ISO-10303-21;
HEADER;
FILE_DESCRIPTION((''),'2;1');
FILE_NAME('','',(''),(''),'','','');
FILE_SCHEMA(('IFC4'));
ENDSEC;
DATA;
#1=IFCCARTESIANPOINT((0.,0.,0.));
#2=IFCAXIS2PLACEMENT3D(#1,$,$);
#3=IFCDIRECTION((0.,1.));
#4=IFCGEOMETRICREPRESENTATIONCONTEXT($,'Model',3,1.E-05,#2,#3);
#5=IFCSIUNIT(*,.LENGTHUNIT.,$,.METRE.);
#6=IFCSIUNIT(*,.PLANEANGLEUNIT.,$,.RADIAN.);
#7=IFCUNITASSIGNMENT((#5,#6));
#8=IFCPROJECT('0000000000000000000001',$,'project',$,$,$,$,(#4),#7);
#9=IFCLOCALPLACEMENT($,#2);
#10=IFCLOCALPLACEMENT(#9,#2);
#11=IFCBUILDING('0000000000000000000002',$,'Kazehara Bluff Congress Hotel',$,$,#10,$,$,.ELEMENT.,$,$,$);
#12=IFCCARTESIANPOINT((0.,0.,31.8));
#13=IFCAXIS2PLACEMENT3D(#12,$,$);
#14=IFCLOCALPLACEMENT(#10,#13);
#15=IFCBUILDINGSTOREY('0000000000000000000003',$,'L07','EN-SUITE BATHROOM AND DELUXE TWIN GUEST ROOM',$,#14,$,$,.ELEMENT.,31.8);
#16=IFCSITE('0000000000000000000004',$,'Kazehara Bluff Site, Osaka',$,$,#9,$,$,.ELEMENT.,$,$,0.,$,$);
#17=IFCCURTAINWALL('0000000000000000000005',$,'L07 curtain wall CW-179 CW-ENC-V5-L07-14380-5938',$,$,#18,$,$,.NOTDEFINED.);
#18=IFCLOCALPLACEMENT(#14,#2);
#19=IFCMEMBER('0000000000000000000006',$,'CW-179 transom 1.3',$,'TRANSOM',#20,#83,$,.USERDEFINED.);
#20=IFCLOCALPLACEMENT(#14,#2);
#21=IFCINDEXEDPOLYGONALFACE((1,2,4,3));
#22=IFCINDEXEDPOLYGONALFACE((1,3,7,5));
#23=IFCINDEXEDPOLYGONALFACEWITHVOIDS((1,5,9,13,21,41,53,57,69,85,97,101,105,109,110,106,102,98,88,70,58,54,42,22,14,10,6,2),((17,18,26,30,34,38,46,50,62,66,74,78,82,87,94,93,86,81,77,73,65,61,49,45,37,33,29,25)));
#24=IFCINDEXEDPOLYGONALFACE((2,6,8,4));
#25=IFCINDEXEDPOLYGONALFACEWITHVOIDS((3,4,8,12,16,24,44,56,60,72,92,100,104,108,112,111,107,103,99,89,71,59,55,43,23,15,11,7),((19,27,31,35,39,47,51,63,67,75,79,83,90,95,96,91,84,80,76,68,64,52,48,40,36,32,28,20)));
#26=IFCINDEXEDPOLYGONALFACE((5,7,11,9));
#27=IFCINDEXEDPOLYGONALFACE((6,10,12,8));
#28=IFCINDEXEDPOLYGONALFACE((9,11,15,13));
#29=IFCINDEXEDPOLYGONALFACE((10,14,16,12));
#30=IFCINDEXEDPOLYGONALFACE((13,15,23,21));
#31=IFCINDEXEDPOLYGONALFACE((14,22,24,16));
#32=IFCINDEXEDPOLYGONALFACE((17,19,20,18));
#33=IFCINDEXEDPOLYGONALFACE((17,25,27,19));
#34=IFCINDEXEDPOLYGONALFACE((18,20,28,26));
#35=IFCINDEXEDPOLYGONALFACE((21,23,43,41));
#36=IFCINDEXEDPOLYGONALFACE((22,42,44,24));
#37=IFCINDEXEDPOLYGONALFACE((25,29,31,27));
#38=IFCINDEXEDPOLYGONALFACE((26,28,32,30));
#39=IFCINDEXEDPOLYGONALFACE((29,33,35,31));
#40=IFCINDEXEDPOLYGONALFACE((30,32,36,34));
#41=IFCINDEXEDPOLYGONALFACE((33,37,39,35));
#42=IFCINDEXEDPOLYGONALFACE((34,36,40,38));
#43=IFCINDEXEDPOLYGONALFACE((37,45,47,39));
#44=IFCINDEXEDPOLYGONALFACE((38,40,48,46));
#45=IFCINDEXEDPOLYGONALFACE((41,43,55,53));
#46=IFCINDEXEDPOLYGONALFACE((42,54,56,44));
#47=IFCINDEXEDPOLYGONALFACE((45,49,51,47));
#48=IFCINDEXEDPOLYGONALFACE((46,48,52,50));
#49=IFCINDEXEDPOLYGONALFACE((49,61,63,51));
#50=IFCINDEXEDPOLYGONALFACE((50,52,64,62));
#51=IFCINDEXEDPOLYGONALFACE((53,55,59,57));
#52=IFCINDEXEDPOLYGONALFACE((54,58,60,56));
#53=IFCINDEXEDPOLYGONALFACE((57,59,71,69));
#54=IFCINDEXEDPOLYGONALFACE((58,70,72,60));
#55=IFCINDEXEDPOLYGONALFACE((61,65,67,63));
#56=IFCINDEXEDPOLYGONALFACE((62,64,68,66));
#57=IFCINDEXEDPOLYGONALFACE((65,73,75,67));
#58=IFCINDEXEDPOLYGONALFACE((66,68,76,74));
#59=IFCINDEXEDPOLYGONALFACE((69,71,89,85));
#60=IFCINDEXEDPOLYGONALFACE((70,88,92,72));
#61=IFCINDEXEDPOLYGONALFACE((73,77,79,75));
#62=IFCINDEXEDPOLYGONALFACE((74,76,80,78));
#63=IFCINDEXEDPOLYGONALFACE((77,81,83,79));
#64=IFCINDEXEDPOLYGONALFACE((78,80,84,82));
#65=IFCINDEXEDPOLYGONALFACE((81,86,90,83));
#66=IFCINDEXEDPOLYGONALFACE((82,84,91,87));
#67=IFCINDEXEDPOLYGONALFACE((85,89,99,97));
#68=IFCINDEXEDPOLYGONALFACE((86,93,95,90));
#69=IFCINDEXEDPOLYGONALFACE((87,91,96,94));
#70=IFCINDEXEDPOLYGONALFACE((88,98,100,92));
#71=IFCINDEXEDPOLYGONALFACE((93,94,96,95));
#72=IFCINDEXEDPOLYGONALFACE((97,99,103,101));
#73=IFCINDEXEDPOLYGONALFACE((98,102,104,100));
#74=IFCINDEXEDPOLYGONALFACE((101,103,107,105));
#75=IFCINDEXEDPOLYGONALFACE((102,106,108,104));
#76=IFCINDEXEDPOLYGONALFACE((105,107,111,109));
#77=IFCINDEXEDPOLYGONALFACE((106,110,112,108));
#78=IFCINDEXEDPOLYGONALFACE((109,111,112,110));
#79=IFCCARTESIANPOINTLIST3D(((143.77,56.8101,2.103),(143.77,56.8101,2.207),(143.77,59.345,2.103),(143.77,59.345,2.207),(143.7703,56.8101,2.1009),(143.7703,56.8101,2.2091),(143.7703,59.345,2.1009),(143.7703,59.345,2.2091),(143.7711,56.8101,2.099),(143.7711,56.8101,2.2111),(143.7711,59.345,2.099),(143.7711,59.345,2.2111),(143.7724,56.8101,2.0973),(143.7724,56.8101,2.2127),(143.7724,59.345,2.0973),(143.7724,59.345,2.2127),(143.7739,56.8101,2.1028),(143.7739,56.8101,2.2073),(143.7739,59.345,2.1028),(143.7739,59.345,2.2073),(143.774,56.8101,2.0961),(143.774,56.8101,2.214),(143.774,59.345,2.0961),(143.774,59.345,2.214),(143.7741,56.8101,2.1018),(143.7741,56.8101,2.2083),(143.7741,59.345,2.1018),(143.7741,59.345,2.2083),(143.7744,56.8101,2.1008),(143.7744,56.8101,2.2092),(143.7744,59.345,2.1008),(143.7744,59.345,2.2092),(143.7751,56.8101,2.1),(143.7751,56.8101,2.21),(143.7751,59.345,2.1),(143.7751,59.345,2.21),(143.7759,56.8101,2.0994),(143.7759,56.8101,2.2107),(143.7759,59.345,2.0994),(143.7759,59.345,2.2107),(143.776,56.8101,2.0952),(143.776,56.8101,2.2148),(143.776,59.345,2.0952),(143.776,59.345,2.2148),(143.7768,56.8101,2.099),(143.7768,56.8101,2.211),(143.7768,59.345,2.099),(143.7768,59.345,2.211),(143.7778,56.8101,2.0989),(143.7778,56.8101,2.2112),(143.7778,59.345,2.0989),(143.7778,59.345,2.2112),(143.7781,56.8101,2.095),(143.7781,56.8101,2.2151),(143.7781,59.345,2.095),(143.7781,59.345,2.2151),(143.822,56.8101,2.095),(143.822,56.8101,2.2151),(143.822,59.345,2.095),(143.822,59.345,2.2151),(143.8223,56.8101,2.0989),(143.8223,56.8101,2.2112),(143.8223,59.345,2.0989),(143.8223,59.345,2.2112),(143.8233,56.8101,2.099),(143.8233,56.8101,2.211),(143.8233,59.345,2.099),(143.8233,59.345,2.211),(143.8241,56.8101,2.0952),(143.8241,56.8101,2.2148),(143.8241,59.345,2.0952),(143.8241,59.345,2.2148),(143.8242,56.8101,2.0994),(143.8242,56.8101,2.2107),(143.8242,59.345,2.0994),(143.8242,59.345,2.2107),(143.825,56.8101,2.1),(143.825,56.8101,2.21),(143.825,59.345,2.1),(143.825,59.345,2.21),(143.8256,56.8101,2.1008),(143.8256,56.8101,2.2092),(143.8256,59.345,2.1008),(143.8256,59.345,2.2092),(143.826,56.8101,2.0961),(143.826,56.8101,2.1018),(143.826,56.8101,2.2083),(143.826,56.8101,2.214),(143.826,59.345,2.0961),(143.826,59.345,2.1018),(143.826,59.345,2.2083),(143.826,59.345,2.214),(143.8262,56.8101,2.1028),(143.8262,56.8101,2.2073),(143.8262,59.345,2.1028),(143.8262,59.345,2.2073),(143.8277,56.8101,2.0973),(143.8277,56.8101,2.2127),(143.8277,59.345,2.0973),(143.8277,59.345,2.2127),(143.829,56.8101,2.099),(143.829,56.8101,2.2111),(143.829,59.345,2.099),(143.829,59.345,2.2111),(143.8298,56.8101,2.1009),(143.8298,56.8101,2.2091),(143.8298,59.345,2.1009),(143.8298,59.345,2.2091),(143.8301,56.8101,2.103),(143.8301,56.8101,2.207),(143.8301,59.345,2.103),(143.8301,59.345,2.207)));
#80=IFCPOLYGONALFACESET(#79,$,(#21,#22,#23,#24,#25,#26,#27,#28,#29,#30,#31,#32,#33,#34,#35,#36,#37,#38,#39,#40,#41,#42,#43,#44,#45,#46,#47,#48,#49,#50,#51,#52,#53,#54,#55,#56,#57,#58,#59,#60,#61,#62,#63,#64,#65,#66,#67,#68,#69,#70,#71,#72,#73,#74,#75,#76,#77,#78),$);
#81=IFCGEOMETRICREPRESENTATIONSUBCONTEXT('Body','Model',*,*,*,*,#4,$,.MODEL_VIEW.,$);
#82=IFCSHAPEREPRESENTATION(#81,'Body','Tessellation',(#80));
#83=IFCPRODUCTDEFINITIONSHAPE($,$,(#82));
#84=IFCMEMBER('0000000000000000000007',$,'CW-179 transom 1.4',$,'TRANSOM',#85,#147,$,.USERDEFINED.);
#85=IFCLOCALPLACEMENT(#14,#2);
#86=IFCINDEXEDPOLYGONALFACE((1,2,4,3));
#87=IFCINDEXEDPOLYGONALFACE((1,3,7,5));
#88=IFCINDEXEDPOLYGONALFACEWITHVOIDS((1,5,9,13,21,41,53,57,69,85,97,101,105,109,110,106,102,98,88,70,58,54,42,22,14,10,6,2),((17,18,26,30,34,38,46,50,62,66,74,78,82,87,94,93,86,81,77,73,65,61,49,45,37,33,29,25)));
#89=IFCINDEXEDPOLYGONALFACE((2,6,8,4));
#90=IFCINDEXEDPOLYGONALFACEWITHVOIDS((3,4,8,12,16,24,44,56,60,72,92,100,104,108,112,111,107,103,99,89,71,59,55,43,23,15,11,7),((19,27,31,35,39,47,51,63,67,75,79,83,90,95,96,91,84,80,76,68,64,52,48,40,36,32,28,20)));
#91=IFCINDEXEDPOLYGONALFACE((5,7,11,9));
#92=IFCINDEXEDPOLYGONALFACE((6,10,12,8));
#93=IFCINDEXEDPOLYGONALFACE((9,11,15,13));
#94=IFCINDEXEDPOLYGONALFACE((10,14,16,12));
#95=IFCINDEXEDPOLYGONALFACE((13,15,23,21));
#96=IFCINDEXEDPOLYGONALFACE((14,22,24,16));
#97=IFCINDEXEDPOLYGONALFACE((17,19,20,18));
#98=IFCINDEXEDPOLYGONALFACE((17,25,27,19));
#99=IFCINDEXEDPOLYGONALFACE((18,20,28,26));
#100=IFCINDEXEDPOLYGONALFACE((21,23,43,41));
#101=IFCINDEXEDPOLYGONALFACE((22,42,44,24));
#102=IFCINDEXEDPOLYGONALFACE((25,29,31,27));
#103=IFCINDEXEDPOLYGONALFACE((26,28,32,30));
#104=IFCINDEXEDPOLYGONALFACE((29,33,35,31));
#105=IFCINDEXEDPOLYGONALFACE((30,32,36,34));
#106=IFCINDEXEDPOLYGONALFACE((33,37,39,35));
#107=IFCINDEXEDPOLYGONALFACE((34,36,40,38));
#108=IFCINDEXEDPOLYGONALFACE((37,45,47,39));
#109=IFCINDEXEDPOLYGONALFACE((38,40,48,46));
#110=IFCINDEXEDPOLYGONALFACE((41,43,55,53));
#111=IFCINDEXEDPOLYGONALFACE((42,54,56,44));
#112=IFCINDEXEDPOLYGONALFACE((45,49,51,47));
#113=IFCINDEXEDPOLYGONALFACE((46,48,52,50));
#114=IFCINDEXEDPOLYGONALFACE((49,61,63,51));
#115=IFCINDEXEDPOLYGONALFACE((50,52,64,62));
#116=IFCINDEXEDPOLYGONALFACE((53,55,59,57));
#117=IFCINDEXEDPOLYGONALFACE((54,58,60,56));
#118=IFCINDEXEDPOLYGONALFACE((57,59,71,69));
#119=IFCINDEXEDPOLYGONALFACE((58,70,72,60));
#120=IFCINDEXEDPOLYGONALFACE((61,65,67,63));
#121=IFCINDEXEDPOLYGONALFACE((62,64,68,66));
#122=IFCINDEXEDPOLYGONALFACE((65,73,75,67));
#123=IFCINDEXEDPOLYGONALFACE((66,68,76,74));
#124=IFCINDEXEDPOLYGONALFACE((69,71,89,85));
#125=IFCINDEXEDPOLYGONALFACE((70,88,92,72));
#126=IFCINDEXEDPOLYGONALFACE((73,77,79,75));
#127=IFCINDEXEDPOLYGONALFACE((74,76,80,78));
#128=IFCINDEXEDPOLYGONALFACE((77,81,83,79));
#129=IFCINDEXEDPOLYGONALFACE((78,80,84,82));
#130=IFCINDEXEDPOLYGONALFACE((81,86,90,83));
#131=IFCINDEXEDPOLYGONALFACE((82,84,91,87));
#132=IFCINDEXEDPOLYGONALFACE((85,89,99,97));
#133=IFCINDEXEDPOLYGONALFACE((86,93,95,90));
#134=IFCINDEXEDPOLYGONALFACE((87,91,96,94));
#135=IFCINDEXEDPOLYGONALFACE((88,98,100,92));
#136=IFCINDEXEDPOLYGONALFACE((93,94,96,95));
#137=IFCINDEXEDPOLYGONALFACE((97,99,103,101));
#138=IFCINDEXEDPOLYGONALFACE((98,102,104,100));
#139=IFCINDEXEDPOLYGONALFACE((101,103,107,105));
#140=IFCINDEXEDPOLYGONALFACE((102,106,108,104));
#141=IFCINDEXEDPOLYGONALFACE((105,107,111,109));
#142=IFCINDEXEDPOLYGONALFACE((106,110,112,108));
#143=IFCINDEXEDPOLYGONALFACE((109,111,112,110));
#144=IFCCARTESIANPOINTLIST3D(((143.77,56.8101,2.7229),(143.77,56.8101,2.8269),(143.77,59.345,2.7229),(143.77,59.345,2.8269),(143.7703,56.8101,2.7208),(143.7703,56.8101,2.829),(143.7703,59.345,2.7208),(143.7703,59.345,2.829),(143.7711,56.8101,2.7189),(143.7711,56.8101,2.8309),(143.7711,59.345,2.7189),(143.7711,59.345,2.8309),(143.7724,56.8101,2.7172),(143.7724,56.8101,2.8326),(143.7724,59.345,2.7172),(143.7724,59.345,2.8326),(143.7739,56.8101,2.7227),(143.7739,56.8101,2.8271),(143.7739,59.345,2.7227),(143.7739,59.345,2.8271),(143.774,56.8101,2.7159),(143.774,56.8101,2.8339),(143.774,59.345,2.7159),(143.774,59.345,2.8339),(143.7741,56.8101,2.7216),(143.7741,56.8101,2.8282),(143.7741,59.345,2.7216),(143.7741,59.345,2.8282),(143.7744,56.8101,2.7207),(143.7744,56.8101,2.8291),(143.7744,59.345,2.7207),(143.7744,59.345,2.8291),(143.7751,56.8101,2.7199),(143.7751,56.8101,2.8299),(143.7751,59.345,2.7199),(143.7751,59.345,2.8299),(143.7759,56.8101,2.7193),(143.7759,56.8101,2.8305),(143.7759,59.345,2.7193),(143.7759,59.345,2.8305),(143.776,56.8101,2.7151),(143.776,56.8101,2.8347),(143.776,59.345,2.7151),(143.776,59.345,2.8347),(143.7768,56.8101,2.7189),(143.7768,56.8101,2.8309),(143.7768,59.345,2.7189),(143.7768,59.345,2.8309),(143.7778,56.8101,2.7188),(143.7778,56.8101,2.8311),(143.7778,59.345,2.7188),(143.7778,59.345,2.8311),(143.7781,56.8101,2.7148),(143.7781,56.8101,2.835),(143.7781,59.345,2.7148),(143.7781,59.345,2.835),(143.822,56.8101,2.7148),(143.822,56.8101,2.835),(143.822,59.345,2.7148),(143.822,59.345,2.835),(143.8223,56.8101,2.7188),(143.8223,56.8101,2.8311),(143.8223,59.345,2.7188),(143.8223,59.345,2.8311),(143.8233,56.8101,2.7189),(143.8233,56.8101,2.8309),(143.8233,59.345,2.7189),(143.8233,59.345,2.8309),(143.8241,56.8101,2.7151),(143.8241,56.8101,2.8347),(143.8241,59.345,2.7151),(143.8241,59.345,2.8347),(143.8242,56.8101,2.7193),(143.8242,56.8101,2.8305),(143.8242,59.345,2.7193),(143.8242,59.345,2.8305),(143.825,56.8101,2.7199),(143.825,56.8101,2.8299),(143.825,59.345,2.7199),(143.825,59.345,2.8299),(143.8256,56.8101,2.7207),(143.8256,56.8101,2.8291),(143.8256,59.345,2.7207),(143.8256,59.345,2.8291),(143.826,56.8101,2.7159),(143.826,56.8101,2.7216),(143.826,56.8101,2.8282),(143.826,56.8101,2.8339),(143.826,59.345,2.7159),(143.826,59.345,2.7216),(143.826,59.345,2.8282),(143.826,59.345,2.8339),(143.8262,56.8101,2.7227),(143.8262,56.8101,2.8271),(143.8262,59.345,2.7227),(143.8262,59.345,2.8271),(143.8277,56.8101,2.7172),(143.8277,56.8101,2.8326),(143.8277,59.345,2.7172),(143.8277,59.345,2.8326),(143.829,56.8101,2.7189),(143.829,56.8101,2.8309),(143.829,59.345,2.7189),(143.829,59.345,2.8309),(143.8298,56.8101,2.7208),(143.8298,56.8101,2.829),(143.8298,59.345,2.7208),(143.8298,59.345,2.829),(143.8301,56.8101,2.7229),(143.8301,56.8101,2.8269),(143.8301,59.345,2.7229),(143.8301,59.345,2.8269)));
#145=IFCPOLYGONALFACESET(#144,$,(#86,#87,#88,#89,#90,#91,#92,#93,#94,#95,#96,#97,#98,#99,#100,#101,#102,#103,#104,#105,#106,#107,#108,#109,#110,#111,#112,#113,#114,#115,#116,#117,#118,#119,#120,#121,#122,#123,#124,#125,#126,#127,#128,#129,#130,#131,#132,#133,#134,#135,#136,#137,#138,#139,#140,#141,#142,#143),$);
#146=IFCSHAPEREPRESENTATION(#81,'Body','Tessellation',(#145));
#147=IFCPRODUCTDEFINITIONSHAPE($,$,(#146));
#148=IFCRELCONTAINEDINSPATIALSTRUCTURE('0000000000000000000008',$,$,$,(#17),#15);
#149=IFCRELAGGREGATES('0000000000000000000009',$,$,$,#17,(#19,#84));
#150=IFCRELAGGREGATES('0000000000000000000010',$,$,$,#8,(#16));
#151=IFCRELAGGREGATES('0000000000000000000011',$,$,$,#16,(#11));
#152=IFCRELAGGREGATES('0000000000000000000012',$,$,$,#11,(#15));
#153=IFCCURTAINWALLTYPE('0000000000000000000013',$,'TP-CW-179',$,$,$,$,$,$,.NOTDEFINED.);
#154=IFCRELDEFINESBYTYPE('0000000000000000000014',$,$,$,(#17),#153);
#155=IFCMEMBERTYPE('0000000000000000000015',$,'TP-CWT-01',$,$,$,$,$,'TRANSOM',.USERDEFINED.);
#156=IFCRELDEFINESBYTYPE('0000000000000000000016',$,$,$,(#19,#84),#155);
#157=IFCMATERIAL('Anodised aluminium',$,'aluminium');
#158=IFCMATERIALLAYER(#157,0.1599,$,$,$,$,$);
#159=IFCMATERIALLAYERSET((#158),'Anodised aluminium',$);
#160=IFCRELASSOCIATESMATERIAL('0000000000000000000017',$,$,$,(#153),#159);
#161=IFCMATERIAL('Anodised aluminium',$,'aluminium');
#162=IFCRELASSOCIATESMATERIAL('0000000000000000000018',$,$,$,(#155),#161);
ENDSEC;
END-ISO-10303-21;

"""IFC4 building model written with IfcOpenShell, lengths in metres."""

from ifc_helpers import new_model, si_unit, direction, frame, origin, origin_2d, place, context, subcontext, project, spatial, hollow_rectangle, extrude, material, layer, layer_set, material_profile, profile_set, type_object, element, aggregate, save


model = new_model("IFC4")

# Units and contexts
model_context = context("Model", 3, precision=1e-05, world=origin(), true_north=direction((0.0, 1.0)))
body_context = subcontext(model_context, "Body", "Model", "MODEL_VIEW")
ifc_project = project(units=[si_unit("LENGTHUNIT", "METRE"), si_unit("PLANEANGLEUNIT", "RADIAN")], contexts=[model_context])

# Site, building, storey
site_placement = place(None, origin())
site = spatial("IfcSite", under=ifc_project, at=site_placement, Name="Kazehara Bluff Site, Osaka", CompositionType="ELEMENT", RefElevation=0.0)
building_placement = place(site_placement, origin())
building = spatial("IfcBuilding", under=site, at=building_placement, Name="Kazehara Bluff Congress Hotel", CompositionType="ELEMENT")
storey_placement = place(building_placement, frame((0.0, 0.0, 31.8)))
storey = spatial("IfcBuildingStorey", under=building, at=storey_placement, Name="L07", Description="EN-SUITE BATHROOM AND DELUXE TWIN GUEST ROOM", CompositionType="ELEMENT", Elevation=31.8)

# Curtain wall
ifc_material_1 = material(Name="Anodised aluminium", Category="aluminium")
ifc_layer_1 = layer(ifc_material_1, 0.1599)
ifc_layer_set_1 = layer_set([ifc_layer_1], Name="Anodised aluminium")
curtain_wall_type_1 = type_object("IfcCurtainWallType", Name="TP-CW-179", PredefinedType="NOTDEFINED", material=ifc_layer_set_1)
curtain_wall_1_placement = place(storey_placement, origin())
curtain_wall_1 = element("IfcCurtainWall", 1, at=curtain_wall_1_placement, inside=storey, type_object=curtain_wall_type_1, Name="L07 curtain wall CW-179 CW-ENC-V5-L07-14380-5938", PredefinedType="NOTDEFINED")

# Members
ifc_material_2 = material(Name="Anodised aluminium", Category="aluminium")
ifc_material_profile_1 = material_profile(ifc_material_2, hollow_rectangle(XDim=0.0601, YDim=0.1201, WallThickness=0.0039, InnerFilletRadius=0.0039, OuterFilletRadius=0.0081, at=origin_2d()))
ifc_profile_set_1 = profile_set([ifc_material_profile_1], Name="Anodised aluminium")
member_type_1 = type_object("IfcMemberType", Name="TP-CWT-01", ElementType="TRANSOM", PredefinedType="USERDEFINED", material=ifc_profile_set_1)
member_1_placement = place(storey_placement, frame((143.8, 56.8101, 2.155), z_axis=(0.0, 1.0, 0.0), x_axis=(-1.0, 0.0, 0.0)))
member_1 = element("IfcMember", 2, at=member_1_placement, type_object=member_type_1, Name="CW-179 transom 1.3", ObjectType="TRANSOM", PredefinedType="USERDEFINED", context=body_context, shape_type="SweptSolid", body=[
    extrude(hollow_rectangle(XDim=0.0601, YDim=0.1201, WallThickness=0.0039, InnerFilletRadius=0.0039, OuterFilletRadius=0.0081, at=origin_2d()), origin(), (0.0, 0.0, 1.0), 2.5349),
])
member_2_placement = place(storey_placement, frame((143.8, 56.8101, 2.7749), z_axis=(0.0, 1.0, 0.0), x_axis=(-1.0, 0.0, 0.0)))
member_2 = element("IfcMember", 3, at=member_2_placement, type_object=member_type_1, Name="CW-179 transom 1.4", ObjectType="TRANSOM", PredefinedType="USERDEFINED", context=body_context, shape_type="SweptSolid", body=[
    extrude(hollow_rectangle(XDim=0.0601, YDim=0.1201, WallThickness=0.0039, InnerFilletRadius=0.0039, OuterFilletRadius=0.0081, at=origin_2d()), origin(), (0.0, 0.0, 1.0), 2.5349),
])

aggregate(curtain_wall_1, [member_1, member_2])

save(model, "model.ifc")
